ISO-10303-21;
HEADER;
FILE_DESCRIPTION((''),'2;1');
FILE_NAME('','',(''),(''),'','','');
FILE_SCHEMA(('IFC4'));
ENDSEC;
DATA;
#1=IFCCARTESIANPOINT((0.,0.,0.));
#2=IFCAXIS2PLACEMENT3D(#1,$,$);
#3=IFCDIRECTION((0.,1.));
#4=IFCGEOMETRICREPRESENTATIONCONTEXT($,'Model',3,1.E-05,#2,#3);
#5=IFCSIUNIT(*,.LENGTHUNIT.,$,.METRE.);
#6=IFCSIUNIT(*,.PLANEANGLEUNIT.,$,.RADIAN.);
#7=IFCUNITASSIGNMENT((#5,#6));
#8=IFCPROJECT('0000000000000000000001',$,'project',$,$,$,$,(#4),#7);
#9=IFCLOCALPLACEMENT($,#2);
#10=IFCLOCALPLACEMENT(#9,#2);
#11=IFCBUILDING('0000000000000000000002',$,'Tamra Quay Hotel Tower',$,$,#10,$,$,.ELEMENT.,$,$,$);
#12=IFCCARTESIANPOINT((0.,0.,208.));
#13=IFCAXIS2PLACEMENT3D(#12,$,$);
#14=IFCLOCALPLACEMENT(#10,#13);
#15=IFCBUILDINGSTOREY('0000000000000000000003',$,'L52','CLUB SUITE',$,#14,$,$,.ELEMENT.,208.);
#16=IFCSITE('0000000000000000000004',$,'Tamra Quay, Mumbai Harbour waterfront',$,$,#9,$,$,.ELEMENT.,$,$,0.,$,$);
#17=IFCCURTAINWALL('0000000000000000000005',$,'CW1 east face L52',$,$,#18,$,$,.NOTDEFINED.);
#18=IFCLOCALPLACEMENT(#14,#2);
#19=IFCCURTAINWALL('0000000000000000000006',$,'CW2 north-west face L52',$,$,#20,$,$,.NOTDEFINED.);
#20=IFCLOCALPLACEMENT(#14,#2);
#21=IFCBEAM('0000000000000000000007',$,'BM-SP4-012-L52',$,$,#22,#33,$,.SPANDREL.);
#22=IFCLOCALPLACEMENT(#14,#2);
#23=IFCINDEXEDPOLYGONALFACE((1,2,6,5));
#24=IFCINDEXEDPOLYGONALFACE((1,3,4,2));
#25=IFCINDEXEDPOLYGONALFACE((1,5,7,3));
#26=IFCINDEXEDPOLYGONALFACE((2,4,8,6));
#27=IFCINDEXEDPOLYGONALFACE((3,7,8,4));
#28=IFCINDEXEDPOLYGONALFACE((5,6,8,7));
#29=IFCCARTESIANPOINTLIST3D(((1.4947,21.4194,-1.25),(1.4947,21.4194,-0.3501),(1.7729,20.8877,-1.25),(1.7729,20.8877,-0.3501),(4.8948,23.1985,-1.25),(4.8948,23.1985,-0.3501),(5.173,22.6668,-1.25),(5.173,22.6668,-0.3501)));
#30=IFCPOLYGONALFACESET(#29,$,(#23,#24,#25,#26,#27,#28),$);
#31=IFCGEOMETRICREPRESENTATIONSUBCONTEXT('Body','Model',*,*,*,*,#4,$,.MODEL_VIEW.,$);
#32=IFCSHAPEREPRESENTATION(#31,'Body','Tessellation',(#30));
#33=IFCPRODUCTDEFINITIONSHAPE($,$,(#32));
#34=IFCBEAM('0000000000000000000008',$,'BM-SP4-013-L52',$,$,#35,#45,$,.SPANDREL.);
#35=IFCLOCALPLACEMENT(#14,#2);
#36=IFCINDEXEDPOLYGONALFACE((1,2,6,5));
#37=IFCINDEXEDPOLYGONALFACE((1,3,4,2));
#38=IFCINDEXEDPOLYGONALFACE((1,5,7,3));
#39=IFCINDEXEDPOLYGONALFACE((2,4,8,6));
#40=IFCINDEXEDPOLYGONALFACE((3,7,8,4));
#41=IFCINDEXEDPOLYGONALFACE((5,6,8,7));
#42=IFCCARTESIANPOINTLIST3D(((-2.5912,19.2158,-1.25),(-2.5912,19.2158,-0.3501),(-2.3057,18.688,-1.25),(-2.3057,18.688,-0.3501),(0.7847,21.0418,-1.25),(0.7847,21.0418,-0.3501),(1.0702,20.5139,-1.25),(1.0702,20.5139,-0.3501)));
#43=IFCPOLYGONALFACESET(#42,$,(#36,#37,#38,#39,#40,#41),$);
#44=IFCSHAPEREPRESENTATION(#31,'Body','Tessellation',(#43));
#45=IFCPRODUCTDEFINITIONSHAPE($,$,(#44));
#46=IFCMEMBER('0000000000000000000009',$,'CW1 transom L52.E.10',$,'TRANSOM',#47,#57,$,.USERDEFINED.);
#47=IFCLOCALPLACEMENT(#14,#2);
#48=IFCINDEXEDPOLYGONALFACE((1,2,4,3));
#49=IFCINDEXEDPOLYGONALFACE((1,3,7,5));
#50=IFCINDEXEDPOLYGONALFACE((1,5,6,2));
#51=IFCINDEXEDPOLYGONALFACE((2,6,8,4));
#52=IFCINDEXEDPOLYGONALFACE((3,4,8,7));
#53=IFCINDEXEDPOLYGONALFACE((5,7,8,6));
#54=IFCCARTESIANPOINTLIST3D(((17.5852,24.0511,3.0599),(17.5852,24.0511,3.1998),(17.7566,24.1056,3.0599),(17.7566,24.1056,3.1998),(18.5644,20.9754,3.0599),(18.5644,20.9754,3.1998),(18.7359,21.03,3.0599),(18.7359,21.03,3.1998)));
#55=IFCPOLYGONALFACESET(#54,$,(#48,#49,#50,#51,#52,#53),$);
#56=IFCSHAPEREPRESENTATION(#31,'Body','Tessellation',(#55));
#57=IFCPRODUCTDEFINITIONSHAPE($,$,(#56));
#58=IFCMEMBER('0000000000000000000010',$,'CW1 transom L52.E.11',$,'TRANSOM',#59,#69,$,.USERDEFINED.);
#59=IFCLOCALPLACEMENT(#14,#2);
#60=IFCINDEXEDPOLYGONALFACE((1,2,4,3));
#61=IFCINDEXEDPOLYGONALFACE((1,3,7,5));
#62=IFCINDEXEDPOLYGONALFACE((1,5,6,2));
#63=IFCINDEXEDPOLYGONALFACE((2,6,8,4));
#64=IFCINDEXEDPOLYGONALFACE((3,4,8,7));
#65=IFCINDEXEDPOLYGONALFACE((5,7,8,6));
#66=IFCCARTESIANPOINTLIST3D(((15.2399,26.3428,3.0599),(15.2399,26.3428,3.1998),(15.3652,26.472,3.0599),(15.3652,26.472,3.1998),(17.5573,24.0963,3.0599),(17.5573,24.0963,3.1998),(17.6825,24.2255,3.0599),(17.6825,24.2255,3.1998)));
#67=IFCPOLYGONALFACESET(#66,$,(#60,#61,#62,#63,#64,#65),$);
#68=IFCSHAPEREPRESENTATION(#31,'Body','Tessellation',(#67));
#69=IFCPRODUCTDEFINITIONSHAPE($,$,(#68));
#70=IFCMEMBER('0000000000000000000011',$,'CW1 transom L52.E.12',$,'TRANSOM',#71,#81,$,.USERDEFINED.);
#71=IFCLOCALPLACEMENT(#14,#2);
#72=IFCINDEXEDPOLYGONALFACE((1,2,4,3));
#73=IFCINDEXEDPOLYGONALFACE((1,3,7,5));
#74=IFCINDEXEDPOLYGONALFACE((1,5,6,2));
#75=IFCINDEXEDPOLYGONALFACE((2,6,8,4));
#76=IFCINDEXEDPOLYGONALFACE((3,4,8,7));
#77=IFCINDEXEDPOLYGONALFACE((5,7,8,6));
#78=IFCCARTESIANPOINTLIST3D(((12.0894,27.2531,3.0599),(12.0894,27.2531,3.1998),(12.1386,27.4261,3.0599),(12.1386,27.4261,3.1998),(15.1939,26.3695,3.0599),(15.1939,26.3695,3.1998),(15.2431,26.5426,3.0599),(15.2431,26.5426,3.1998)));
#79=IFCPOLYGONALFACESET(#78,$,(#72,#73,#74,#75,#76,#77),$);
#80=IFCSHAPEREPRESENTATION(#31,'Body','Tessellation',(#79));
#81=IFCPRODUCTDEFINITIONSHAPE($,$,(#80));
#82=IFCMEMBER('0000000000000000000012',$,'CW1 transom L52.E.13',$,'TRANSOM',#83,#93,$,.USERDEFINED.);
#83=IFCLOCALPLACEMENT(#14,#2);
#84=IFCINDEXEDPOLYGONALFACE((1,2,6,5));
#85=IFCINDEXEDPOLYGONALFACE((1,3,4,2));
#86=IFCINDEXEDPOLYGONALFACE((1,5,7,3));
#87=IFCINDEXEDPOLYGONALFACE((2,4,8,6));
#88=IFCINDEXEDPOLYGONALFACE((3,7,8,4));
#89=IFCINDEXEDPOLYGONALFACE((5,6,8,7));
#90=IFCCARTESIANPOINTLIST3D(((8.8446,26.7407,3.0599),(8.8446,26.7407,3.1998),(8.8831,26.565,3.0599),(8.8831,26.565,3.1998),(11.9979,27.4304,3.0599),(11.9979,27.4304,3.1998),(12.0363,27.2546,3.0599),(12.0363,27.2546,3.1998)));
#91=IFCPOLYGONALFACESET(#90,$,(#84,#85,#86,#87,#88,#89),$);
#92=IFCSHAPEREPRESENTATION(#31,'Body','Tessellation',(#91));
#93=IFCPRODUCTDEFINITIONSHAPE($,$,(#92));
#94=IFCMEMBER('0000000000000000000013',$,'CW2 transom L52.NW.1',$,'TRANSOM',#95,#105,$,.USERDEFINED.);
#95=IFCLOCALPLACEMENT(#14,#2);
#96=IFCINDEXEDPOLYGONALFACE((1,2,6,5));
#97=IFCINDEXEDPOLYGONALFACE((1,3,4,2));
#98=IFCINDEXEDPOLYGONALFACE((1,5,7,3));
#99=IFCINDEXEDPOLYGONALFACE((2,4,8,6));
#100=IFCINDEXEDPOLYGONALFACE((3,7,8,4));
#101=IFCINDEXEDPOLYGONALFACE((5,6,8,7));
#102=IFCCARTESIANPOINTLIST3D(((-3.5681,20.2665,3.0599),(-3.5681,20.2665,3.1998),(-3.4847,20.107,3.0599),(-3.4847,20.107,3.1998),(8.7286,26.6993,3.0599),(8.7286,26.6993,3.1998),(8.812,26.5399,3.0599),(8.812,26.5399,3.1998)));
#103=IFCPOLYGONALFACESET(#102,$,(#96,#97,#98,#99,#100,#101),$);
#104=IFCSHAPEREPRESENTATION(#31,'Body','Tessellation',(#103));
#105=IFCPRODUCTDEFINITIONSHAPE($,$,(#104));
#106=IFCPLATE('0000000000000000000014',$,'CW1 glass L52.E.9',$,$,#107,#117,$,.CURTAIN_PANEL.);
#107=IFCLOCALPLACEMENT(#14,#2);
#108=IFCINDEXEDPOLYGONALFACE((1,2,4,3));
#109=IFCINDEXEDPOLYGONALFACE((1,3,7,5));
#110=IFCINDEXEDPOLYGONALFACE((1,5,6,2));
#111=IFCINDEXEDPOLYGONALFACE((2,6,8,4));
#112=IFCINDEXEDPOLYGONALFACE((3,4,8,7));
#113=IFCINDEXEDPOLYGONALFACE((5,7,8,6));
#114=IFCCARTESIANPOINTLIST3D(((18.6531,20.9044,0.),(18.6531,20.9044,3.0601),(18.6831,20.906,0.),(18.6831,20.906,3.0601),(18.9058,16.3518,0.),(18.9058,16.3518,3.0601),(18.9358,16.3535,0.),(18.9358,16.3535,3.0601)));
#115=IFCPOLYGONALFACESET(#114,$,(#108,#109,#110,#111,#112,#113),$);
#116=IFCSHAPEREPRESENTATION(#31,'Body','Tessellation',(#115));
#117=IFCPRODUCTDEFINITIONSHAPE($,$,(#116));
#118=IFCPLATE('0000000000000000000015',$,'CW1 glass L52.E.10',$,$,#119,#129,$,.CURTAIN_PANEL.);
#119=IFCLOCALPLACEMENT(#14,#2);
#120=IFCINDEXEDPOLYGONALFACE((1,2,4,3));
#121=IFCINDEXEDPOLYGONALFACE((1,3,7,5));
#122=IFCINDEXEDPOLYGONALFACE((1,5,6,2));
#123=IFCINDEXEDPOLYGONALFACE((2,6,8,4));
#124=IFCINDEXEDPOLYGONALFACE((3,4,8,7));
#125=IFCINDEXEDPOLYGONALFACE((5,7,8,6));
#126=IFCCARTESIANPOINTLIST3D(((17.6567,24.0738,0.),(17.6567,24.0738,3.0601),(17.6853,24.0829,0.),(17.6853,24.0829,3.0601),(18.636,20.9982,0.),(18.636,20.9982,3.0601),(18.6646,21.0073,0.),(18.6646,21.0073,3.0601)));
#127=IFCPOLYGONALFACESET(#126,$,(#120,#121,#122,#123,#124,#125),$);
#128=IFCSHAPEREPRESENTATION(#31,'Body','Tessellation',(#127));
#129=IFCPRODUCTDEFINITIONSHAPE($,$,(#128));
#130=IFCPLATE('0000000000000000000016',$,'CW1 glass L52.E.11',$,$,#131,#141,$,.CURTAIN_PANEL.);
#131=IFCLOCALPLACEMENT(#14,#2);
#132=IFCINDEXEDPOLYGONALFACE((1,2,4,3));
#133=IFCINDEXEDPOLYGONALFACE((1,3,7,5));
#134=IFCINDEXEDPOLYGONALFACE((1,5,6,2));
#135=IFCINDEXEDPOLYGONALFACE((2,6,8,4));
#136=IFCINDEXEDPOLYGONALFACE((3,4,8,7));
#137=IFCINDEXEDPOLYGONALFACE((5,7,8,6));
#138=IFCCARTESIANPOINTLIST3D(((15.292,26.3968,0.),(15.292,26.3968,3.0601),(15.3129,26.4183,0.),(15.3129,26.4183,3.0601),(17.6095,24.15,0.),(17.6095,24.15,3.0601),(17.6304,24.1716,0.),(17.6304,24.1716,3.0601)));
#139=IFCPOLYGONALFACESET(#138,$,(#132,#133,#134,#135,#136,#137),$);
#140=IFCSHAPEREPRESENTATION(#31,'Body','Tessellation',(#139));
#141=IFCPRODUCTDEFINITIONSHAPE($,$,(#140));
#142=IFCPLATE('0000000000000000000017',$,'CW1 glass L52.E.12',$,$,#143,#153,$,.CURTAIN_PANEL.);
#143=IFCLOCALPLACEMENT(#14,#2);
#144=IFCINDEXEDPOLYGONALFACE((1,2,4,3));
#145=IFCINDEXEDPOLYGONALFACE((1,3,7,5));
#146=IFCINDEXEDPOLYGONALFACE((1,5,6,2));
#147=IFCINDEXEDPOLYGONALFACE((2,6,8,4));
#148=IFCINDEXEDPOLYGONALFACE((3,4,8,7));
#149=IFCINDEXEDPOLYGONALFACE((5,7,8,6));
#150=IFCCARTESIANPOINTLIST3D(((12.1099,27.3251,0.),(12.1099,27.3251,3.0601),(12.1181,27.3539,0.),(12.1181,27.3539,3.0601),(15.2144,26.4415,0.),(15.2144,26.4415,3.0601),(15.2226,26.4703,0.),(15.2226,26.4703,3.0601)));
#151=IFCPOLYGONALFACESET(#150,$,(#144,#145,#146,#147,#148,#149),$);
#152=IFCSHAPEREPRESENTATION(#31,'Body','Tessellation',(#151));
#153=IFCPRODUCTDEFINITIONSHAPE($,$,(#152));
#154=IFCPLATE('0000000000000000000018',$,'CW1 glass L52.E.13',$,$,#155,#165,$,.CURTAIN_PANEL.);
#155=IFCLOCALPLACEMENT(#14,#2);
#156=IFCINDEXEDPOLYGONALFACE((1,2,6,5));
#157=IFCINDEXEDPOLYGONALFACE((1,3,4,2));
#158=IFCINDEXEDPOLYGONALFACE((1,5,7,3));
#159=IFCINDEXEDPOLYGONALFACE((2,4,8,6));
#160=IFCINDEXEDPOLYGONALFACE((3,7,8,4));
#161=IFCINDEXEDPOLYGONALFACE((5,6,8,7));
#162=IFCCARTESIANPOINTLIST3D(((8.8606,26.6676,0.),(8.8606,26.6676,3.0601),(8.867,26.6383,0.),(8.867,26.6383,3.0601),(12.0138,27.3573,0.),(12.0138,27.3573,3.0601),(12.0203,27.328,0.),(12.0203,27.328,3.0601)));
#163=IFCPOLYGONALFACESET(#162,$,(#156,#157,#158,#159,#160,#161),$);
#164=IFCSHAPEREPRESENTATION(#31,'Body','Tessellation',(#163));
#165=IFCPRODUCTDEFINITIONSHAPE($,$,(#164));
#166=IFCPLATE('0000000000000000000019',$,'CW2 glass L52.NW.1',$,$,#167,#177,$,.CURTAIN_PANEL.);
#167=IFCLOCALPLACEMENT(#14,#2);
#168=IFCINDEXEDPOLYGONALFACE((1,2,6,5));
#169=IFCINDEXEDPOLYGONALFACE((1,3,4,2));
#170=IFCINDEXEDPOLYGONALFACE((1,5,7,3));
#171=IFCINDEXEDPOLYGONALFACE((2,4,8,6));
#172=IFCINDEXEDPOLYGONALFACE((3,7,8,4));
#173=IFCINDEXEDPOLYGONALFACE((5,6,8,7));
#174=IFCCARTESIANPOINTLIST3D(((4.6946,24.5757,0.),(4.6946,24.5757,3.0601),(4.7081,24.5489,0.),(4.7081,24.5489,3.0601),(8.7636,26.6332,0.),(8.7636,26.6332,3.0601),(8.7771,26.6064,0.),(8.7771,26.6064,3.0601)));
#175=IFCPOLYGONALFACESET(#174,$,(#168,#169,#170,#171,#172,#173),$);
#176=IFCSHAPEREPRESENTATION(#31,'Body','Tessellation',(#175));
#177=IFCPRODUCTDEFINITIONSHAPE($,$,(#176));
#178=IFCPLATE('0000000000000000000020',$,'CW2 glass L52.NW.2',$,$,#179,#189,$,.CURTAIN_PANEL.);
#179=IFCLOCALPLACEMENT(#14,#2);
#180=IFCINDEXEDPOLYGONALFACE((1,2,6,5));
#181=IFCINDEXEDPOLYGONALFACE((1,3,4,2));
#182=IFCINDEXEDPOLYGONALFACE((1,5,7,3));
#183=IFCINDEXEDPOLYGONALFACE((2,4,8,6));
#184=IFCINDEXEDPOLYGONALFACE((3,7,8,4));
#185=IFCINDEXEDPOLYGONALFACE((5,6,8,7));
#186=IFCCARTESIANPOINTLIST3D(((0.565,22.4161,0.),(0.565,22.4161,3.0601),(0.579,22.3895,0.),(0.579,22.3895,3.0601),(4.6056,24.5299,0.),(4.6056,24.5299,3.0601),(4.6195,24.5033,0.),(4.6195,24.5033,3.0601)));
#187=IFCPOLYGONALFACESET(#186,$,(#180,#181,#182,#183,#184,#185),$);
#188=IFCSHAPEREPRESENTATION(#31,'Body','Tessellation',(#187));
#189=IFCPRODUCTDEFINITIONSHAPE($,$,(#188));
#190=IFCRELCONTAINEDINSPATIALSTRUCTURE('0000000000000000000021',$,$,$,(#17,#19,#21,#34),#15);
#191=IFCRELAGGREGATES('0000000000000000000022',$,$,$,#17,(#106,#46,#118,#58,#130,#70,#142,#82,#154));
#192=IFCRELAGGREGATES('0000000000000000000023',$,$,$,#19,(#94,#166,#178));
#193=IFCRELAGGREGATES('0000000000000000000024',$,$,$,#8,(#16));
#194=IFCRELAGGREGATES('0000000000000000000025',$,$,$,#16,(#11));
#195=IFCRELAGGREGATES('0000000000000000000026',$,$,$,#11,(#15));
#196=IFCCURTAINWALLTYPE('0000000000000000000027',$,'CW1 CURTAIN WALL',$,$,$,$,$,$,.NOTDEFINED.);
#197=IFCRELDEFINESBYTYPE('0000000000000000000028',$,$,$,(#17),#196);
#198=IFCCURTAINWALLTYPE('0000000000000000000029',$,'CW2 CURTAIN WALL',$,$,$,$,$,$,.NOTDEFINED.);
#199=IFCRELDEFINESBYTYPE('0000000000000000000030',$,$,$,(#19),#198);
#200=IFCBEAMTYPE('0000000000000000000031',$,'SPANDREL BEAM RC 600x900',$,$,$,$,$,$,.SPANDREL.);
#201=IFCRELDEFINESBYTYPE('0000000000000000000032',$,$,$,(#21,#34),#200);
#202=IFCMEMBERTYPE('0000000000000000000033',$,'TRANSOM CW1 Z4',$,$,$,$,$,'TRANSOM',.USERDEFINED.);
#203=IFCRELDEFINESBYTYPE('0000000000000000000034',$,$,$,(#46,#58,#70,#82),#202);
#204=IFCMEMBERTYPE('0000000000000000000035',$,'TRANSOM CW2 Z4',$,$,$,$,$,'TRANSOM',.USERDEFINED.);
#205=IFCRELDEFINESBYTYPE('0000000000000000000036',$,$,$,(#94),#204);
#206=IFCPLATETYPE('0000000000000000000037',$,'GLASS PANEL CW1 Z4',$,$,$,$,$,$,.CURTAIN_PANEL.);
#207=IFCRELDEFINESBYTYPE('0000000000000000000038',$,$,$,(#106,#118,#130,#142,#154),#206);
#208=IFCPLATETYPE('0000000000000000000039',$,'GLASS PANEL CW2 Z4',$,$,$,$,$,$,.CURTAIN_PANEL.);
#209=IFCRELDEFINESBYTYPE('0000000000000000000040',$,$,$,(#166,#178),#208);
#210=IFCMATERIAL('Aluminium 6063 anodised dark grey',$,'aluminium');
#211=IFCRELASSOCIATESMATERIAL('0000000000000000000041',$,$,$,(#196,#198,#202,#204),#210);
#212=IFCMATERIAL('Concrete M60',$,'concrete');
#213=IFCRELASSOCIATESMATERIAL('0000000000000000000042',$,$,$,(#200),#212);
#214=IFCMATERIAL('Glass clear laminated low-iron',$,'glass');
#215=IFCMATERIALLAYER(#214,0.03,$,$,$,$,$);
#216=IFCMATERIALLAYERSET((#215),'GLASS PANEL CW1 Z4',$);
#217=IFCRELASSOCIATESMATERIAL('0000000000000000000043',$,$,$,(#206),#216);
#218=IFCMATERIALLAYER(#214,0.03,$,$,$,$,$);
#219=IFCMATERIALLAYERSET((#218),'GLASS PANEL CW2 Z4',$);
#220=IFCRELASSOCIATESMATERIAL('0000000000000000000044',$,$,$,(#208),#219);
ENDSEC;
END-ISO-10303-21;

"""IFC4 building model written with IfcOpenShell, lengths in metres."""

from ifc_helpers import new_model, si_unit, direction, frame, origin, origin_2d, place, context, subcontext, project, spatial, rectangle, extrude, material, layer, layer_set, material_profile, profile_set, type_object, element, aggregate, save


model = new_model("IFC4")

# Units and contexts
model_context = context("Model", 3, precision=1e-05, world=origin(), true_north=direction((0.0, 1.0)))
body_context = subcontext(model_context, "Body", "Model", "MODEL_VIEW")
ifc_project = project(units=[si_unit("LENGTHUNIT", "METRE"), si_unit("PLANEANGLEUNIT", "RADIAN")], contexts=[model_context])

# Site, building, storey
site_placement = place(None, origin())
site = spatial("IfcSite", under=ifc_project, at=site_placement, Name="Tamra Quay, Mumbai Harbour waterfront", CompositionType="ELEMENT", RefElevation=0.0)
building_placement = place(site_placement, origin())
building = spatial("IfcBuilding", under=site, at=building_placement, Name="Tamra Quay Hotel Tower", CompositionType="ELEMENT")
storey_placement = place(building_placement, frame((0.0, 0.0, 208.0)))
storey = spatial("IfcBuildingStorey", under=building, at=storey_placement, Name="L52", Description="CLUB SUITE", CompositionType="ELEMENT", Elevation=208.0)

# Curtain wall
ifc_material_1 = material(Name="Aluminium 6063 anodised dark grey", Category="aluminium")
curtain_wall_type_1 = type_object("IfcCurtainWallType", Name="CW1 CURTAIN WALL", PredefinedType="NOTDEFINED", material=ifc_material_1)
curtain_wall_1_placement = place(storey_placement, origin())
curtain_wall_1 = element("IfcCurtainWall", 1, at=curtain_wall_1_placement, inside=storey, type_object=curtain_wall_type_1, Name="CW1 east face L52", PredefinedType="NOTDEFINED")

# Curtain wall
curtain_wall_type_2 = type_object("IfcCurtainWallType", Name="CW2 CURTAIN WALL", PredefinedType="NOTDEFINED", material=ifc_material_1)
curtain_wall_2_placement = place(storey_placement, origin())
curtain_wall_2 = element("IfcCurtainWall", 2, at=curtain_wall_2_placement, inside=storey, type_object=curtain_wall_type_2, Name="CW2 north-west face L52", PredefinedType="NOTDEFINED")

# Beams
ifc_material_2 = material(Name="Concrete M60", Category="concrete")
ifc_material_profile_1 = material_profile(ifc_material_2, rectangle(XDim=0.6001, YDim=0.8999, at=origin_2d()), Name="SPANDREL BEAM RC 600x900")
ifc_profile_set_1 = profile_set([ifc_material_profile_1], Name="Concrete M60")
beam_type = type_object("IfcBeamType", Name="SPANDREL BEAM RC 600x900", PredefinedType="SPANDREL", material=ifc_profile_set_1)
beam_1_placement = place(storey_placement, frame((5.0339, 22.9326, -0.8), z_axis=(-0.886043, -0.463603, 0.0), x_axis=(0.463603, -0.886043, 0.0)))
element("IfcBeam", 3, at=beam_1_placement, inside=storey, type_object=beam_type, Name="BM-SP4-012-L52", PredefinedType="SPANDREL", context=body_context, shape_type="SweptSolid", body=[
    extrude(rectangle(XDim=0.6001, YDim=0.8999, at=origin_2d()), origin(), (0.0, 0.0, 1.0), 3.8374),
])
beam_2_placement = place(storey_placement, frame((0.9275, 20.7778, -0.8), z_axis=(-0.879589, -0.475734, 0.0), x_axis=(0.475734, -0.879589, 0.0)))
element("IfcBeam", 4, at=beam_2_placement, inside=storey, type_object=beam_type, Name="BM-SP4-013-L52", PredefinedType="SPANDREL", context=body_context, shape_type="SweptSolid", body=[
    extrude(rectangle(XDim=0.6001, YDim=0.8999, at=origin_2d()), origin(), (0.0, 0.0, 1.0), 3.8381),
])

# Members
ifc_material_profile_2 = material_profile(ifc_material_1, rectangle(XDim=0.1799, YDim=0.1399, at=origin_2d()), Name="TRANSOM 180X140")
ifc_profile_set_2 = profile_set([ifc_material_profile_2], Name="Aluminium 6063 anodised dark grey")
member_type_1 = type_object("IfcMemberType", Name="TRANSOM CW1 Z4", ElementType="TRANSOM", PredefinedType="USERDEFINED", material=ifc_profile_set_2)
member_1_placement = place(storey_placement, frame((18.6501, 21.0027, 3.1299), z_axis=(-0.303378, 0.95287, 0.0), x_axis=(-0.95287, -0.303378, 0.0)))
member_1 = element("IfcMember", 5, at=member_1_placement, type_object=member_type_1, Name="CW1 transom L52.E.10", ObjectType="TRANSOM", PredefinedType="USERDEFINED", context=body_context, shape_type="SweptSolid", body=[
    extrude(rectangle(XDim=0.1799, YDim=0.1399, at=origin_2d()), origin(), (0.0, 0.0, 1.0), 3.2278),
])
member_2_placement = place(storey_placement, frame((17.6199, 24.1609, 3.1299), z_axis=(-0.71799, 0.696054, 0.0), x_axis=(-0.696054, -0.71799, 0.0)))
member_2 = element("IfcMember", 6, at=member_2_placement, type_object=member_type_1, Name="CW1 transom L52.E.11", ObjectType="TRANSOM", PredefinedType="USERDEFINED", context=body_context, shape_type="SweptSolid", body=[
    extrude(rectangle(XDim=0.1799, YDim=0.1399, at=origin_2d()), origin(), (0.0, 0.0, 1.0), 3.2275),
])
member_3_placement = place(storey_placement, frame((15.2185, 26.4561, 3.1299), z_axis=(-0.961806, 0.273732, 0.0), x_axis=(-0.273732, -0.961806, 0.0)))
member_3 = element("IfcMember", 7, at=member_3_placement, type_object=member_type_1, Name="CW1 transom L52.E.12", ObjectType="TRANSOM", PredefinedType="USERDEFINED", context=body_context, shape_type="SweptSolid", body=[
    extrude(rectangle(XDim=0.1799, YDim=0.1399, at=origin_2d()), origin(), (0.0, 0.0, 1.0), 3.2278),
])
member_4_placement = place(storey_placement, frame((12.0171, 27.3425, 3.1299), z_axis=(-0.976906, -0.21367, 0.0), x_axis=(0.21367, -0.976906, 0.0)))
member_4 = element("IfcMember", 8, at=member_4_placement, type_object=member_type_1, Name="CW1 transom L52.E.13", ObjectType="TRANSOM", PredefinedType="USERDEFINED", context=body_context, shape_type="SweptSolid", body=[
    extrude(rectangle(XDim=0.1799, YDim=0.1399, at=origin_2d()), origin(), (0.0, 0.0, 1.0), 3.2278),
])
ifc_material_profile_3 = material_profile(ifc_material_1, rectangle(XDim=0.1799, YDim=0.1399, at=origin_2d()), Name="TRANSOM 180X140")
ifc_profile_set_3 = profile_set([ifc_material_profile_3], Name="Aluminium 6063 anodised dark grey")
member_type_2 = type_object("IfcMemberType", Name="TRANSOM CW2 Z4", ElementType="TRANSOM", PredefinedType="USERDEFINED", material=ifc_profile_set_3)
member_5_placement = place(storey_placement, frame((8.7703, 26.6196, 3.1299), z_axis=(-0.886075, -0.463542, 0.0), x_axis=(0.463542, -0.886075, 0.0)))
member_5 = element("IfcMember", 9, at=member_5_placement, type_object=member_type_2, Name="CW2 transom L52.NW.1", ObjectType="TRANSOM", PredefinedType="USERDEFINED", context=body_context, shape_type="SweptSolid", body=[
    extrude(rectangle(XDim=0.1799, YDim=0.1399, at=origin_2d()), origin(), (0.0, 0.0, 1.0), 13.8777),
])

# Plates
ifc_material_3 = material(Name="Glass clear laminated low-iron", Category="glass")
ifc_layer_1 = layer(ifc_material_3, 0.03)
ifc_layer_set_1 = layer_set([ifc_layer_1], Name="GLASS PANEL CW1 Z4")
plate_type_1 = type_object("IfcPlateType", Name="GLASS PANEL CW1 Z4", PredefinedType="CURTAIN_PANEL", material=ifc_layer_set_1)
plate_1_placement = place(storey_placement, frame((18.7944, 18.6289, 0.0), z_axis=(0.0, 0.0, 1.0), x_axis=(-0.055417, 0.998463, 0.0)))
plate_1 = element("IfcPlate", 10, at=plate_1_placement, type_object=plate_type_1, Name="CW1 glass L52.E.9", PredefinedType="CURTAIN_PANEL", context=body_context, shape_type="SweptSolid", body=[
    extrude(rectangle(XDim=4.5596, YDim=0.03, at=origin_2d()), origin(), (0.0, 0.0, 1.0), 3.0601),
])
plate_2_placement = place(storey_placement, frame((18.1606, 22.5405, 0.0), z_axis=(0.0, 0.0, 1.0), x_axis=(-0.30341, 0.95286, 0.0)))
plate_2 = element("IfcPlate", 11, at=plate_2_placement, type_object=plate_type_1, Name="CW1 glass L52.E.10", PredefinedType="CURTAIN_PANEL", context=body_context, shape_type="SweptSolid", body=[
    extrude(rectangle(XDim=3.2278, YDim=0.03, at=origin_2d()), origin(), (0.0, 0.0, 1.0), 3.0601),
])
plate_3_placement = place(storey_placement, frame((16.4612, 25.2842, 0.0), z_axis=(0.0, 0.0, 1.0), x_axis=(-0.717975, 0.696069, 0.0)))
plate_3 = element("IfcPlate", 12, at=plate_3_placement, type_object=plate_type_1, Name="CW1 glass L52.E.11", PredefinedType="CURTAIN_PANEL", context=body_context, shape_type="SweptSolid", body=[
    extrude(rectangle(XDim=3.2278, YDim=0.03, at=origin_2d()), origin(), (0.0, 0.0, 1.0), 3.0601),
])
plate_4_placement = place(storey_placement, frame((13.6663, 26.8977, 0.0), z_axis=(0.0, 0.0, 1.0), x_axis=(-0.961801, 0.27375, 0.0)))
plate_4 = element("IfcPlate", 13, at=plate_4_placement, type_object=plate_type_1, Name="CW1 glass L52.E.12", PredefinedType="CURTAIN_PANEL", context=body_context, shape_type="SweptSolid", body=[
    extrude(rectangle(XDim=3.2278, YDim=0.03, at=origin_2d()), origin(), (0.0, 0.0, 1.0), 3.0601),
])
plate_5_placement = place(storey_placement, frame((10.4404, 26.9978, 0.0), z_axis=(0.0, 0.0, 1.0), x_axis=(-0.976906, -0.213669, 0.0)))
plate_5 = element("IfcPlate", 14, at=plate_5_placement, type_object=plate_type_1, Name="CW1 glass L52.E.13", PredefinedType="CURTAIN_PANEL", context=body_context, shape_type="SweptSolid", body=[
    extrude(rectangle(XDim=3.2278, YDim=0.03, at=origin_2d()), origin(), (0.0, 0.0, 1.0), 3.0601),
])
aggregate(curtain_wall_1, [plate_1, member_1, plate_2, member_2, plate_3, member_3, plate_4, member_4, plate_5])
ifc_layer_2 = layer(ifc_material_3, 0.03)
ifc_layer_set_2 = layer_set([ifc_layer_2], Name="GLASS PANEL CW2 Z4")
plate_type_2 = type_object("IfcPlateType", Name="GLASS PANEL CW2 Z4", PredefinedType="CURTAIN_PANEL", material=ifc_layer_set_2)
plate_6_placement = place(storey_placement, frame((6.7358, 25.5911, 0.0), z_axis=(0.0, 0.0, 1.0), x_axis=(-0.892403, -0.451239, 0.0)))
plate_6 = element("IfcPlate", 15, at=plate_6_placement, type_object=plate_type_2, Name="CW2 glass L52.NW.1", PredefinedType="CURTAIN_PANEL", context=body_context, shape_type="SweptSolid", body=[
    extrude(rectangle(XDim=4.5596, YDim=0.03, at=origin_2d()), origin(), (0.0, 0.0, 1.0), 3.0601),
])
plate_7_placement = place(storey_placement, frame((2.5923, 23.4597, 0.0), z_axis=(0.0, 0.0, 1.0), x_axis=(-0.886076, -0.463541, 0.0)))
plate_7 = element("IfcPlate", 16, at=plate_7_placement, type_object=plate_type_2, Name="CW2 glass L52.NW.2", PredefinedType="CURTAIN_PANEL", context=body_context, shape_type="SweptSolid", body=[
    extrude(rectangle(XDim=4.5601, YDim=0.03, at=origin_2d()), origin(), (0.0, 0.0, 1.0), 3.0601),
])
aggregate(curtain_wall_2, [member_5, plate_6, plate_7])

save(model, "model.ifc")
